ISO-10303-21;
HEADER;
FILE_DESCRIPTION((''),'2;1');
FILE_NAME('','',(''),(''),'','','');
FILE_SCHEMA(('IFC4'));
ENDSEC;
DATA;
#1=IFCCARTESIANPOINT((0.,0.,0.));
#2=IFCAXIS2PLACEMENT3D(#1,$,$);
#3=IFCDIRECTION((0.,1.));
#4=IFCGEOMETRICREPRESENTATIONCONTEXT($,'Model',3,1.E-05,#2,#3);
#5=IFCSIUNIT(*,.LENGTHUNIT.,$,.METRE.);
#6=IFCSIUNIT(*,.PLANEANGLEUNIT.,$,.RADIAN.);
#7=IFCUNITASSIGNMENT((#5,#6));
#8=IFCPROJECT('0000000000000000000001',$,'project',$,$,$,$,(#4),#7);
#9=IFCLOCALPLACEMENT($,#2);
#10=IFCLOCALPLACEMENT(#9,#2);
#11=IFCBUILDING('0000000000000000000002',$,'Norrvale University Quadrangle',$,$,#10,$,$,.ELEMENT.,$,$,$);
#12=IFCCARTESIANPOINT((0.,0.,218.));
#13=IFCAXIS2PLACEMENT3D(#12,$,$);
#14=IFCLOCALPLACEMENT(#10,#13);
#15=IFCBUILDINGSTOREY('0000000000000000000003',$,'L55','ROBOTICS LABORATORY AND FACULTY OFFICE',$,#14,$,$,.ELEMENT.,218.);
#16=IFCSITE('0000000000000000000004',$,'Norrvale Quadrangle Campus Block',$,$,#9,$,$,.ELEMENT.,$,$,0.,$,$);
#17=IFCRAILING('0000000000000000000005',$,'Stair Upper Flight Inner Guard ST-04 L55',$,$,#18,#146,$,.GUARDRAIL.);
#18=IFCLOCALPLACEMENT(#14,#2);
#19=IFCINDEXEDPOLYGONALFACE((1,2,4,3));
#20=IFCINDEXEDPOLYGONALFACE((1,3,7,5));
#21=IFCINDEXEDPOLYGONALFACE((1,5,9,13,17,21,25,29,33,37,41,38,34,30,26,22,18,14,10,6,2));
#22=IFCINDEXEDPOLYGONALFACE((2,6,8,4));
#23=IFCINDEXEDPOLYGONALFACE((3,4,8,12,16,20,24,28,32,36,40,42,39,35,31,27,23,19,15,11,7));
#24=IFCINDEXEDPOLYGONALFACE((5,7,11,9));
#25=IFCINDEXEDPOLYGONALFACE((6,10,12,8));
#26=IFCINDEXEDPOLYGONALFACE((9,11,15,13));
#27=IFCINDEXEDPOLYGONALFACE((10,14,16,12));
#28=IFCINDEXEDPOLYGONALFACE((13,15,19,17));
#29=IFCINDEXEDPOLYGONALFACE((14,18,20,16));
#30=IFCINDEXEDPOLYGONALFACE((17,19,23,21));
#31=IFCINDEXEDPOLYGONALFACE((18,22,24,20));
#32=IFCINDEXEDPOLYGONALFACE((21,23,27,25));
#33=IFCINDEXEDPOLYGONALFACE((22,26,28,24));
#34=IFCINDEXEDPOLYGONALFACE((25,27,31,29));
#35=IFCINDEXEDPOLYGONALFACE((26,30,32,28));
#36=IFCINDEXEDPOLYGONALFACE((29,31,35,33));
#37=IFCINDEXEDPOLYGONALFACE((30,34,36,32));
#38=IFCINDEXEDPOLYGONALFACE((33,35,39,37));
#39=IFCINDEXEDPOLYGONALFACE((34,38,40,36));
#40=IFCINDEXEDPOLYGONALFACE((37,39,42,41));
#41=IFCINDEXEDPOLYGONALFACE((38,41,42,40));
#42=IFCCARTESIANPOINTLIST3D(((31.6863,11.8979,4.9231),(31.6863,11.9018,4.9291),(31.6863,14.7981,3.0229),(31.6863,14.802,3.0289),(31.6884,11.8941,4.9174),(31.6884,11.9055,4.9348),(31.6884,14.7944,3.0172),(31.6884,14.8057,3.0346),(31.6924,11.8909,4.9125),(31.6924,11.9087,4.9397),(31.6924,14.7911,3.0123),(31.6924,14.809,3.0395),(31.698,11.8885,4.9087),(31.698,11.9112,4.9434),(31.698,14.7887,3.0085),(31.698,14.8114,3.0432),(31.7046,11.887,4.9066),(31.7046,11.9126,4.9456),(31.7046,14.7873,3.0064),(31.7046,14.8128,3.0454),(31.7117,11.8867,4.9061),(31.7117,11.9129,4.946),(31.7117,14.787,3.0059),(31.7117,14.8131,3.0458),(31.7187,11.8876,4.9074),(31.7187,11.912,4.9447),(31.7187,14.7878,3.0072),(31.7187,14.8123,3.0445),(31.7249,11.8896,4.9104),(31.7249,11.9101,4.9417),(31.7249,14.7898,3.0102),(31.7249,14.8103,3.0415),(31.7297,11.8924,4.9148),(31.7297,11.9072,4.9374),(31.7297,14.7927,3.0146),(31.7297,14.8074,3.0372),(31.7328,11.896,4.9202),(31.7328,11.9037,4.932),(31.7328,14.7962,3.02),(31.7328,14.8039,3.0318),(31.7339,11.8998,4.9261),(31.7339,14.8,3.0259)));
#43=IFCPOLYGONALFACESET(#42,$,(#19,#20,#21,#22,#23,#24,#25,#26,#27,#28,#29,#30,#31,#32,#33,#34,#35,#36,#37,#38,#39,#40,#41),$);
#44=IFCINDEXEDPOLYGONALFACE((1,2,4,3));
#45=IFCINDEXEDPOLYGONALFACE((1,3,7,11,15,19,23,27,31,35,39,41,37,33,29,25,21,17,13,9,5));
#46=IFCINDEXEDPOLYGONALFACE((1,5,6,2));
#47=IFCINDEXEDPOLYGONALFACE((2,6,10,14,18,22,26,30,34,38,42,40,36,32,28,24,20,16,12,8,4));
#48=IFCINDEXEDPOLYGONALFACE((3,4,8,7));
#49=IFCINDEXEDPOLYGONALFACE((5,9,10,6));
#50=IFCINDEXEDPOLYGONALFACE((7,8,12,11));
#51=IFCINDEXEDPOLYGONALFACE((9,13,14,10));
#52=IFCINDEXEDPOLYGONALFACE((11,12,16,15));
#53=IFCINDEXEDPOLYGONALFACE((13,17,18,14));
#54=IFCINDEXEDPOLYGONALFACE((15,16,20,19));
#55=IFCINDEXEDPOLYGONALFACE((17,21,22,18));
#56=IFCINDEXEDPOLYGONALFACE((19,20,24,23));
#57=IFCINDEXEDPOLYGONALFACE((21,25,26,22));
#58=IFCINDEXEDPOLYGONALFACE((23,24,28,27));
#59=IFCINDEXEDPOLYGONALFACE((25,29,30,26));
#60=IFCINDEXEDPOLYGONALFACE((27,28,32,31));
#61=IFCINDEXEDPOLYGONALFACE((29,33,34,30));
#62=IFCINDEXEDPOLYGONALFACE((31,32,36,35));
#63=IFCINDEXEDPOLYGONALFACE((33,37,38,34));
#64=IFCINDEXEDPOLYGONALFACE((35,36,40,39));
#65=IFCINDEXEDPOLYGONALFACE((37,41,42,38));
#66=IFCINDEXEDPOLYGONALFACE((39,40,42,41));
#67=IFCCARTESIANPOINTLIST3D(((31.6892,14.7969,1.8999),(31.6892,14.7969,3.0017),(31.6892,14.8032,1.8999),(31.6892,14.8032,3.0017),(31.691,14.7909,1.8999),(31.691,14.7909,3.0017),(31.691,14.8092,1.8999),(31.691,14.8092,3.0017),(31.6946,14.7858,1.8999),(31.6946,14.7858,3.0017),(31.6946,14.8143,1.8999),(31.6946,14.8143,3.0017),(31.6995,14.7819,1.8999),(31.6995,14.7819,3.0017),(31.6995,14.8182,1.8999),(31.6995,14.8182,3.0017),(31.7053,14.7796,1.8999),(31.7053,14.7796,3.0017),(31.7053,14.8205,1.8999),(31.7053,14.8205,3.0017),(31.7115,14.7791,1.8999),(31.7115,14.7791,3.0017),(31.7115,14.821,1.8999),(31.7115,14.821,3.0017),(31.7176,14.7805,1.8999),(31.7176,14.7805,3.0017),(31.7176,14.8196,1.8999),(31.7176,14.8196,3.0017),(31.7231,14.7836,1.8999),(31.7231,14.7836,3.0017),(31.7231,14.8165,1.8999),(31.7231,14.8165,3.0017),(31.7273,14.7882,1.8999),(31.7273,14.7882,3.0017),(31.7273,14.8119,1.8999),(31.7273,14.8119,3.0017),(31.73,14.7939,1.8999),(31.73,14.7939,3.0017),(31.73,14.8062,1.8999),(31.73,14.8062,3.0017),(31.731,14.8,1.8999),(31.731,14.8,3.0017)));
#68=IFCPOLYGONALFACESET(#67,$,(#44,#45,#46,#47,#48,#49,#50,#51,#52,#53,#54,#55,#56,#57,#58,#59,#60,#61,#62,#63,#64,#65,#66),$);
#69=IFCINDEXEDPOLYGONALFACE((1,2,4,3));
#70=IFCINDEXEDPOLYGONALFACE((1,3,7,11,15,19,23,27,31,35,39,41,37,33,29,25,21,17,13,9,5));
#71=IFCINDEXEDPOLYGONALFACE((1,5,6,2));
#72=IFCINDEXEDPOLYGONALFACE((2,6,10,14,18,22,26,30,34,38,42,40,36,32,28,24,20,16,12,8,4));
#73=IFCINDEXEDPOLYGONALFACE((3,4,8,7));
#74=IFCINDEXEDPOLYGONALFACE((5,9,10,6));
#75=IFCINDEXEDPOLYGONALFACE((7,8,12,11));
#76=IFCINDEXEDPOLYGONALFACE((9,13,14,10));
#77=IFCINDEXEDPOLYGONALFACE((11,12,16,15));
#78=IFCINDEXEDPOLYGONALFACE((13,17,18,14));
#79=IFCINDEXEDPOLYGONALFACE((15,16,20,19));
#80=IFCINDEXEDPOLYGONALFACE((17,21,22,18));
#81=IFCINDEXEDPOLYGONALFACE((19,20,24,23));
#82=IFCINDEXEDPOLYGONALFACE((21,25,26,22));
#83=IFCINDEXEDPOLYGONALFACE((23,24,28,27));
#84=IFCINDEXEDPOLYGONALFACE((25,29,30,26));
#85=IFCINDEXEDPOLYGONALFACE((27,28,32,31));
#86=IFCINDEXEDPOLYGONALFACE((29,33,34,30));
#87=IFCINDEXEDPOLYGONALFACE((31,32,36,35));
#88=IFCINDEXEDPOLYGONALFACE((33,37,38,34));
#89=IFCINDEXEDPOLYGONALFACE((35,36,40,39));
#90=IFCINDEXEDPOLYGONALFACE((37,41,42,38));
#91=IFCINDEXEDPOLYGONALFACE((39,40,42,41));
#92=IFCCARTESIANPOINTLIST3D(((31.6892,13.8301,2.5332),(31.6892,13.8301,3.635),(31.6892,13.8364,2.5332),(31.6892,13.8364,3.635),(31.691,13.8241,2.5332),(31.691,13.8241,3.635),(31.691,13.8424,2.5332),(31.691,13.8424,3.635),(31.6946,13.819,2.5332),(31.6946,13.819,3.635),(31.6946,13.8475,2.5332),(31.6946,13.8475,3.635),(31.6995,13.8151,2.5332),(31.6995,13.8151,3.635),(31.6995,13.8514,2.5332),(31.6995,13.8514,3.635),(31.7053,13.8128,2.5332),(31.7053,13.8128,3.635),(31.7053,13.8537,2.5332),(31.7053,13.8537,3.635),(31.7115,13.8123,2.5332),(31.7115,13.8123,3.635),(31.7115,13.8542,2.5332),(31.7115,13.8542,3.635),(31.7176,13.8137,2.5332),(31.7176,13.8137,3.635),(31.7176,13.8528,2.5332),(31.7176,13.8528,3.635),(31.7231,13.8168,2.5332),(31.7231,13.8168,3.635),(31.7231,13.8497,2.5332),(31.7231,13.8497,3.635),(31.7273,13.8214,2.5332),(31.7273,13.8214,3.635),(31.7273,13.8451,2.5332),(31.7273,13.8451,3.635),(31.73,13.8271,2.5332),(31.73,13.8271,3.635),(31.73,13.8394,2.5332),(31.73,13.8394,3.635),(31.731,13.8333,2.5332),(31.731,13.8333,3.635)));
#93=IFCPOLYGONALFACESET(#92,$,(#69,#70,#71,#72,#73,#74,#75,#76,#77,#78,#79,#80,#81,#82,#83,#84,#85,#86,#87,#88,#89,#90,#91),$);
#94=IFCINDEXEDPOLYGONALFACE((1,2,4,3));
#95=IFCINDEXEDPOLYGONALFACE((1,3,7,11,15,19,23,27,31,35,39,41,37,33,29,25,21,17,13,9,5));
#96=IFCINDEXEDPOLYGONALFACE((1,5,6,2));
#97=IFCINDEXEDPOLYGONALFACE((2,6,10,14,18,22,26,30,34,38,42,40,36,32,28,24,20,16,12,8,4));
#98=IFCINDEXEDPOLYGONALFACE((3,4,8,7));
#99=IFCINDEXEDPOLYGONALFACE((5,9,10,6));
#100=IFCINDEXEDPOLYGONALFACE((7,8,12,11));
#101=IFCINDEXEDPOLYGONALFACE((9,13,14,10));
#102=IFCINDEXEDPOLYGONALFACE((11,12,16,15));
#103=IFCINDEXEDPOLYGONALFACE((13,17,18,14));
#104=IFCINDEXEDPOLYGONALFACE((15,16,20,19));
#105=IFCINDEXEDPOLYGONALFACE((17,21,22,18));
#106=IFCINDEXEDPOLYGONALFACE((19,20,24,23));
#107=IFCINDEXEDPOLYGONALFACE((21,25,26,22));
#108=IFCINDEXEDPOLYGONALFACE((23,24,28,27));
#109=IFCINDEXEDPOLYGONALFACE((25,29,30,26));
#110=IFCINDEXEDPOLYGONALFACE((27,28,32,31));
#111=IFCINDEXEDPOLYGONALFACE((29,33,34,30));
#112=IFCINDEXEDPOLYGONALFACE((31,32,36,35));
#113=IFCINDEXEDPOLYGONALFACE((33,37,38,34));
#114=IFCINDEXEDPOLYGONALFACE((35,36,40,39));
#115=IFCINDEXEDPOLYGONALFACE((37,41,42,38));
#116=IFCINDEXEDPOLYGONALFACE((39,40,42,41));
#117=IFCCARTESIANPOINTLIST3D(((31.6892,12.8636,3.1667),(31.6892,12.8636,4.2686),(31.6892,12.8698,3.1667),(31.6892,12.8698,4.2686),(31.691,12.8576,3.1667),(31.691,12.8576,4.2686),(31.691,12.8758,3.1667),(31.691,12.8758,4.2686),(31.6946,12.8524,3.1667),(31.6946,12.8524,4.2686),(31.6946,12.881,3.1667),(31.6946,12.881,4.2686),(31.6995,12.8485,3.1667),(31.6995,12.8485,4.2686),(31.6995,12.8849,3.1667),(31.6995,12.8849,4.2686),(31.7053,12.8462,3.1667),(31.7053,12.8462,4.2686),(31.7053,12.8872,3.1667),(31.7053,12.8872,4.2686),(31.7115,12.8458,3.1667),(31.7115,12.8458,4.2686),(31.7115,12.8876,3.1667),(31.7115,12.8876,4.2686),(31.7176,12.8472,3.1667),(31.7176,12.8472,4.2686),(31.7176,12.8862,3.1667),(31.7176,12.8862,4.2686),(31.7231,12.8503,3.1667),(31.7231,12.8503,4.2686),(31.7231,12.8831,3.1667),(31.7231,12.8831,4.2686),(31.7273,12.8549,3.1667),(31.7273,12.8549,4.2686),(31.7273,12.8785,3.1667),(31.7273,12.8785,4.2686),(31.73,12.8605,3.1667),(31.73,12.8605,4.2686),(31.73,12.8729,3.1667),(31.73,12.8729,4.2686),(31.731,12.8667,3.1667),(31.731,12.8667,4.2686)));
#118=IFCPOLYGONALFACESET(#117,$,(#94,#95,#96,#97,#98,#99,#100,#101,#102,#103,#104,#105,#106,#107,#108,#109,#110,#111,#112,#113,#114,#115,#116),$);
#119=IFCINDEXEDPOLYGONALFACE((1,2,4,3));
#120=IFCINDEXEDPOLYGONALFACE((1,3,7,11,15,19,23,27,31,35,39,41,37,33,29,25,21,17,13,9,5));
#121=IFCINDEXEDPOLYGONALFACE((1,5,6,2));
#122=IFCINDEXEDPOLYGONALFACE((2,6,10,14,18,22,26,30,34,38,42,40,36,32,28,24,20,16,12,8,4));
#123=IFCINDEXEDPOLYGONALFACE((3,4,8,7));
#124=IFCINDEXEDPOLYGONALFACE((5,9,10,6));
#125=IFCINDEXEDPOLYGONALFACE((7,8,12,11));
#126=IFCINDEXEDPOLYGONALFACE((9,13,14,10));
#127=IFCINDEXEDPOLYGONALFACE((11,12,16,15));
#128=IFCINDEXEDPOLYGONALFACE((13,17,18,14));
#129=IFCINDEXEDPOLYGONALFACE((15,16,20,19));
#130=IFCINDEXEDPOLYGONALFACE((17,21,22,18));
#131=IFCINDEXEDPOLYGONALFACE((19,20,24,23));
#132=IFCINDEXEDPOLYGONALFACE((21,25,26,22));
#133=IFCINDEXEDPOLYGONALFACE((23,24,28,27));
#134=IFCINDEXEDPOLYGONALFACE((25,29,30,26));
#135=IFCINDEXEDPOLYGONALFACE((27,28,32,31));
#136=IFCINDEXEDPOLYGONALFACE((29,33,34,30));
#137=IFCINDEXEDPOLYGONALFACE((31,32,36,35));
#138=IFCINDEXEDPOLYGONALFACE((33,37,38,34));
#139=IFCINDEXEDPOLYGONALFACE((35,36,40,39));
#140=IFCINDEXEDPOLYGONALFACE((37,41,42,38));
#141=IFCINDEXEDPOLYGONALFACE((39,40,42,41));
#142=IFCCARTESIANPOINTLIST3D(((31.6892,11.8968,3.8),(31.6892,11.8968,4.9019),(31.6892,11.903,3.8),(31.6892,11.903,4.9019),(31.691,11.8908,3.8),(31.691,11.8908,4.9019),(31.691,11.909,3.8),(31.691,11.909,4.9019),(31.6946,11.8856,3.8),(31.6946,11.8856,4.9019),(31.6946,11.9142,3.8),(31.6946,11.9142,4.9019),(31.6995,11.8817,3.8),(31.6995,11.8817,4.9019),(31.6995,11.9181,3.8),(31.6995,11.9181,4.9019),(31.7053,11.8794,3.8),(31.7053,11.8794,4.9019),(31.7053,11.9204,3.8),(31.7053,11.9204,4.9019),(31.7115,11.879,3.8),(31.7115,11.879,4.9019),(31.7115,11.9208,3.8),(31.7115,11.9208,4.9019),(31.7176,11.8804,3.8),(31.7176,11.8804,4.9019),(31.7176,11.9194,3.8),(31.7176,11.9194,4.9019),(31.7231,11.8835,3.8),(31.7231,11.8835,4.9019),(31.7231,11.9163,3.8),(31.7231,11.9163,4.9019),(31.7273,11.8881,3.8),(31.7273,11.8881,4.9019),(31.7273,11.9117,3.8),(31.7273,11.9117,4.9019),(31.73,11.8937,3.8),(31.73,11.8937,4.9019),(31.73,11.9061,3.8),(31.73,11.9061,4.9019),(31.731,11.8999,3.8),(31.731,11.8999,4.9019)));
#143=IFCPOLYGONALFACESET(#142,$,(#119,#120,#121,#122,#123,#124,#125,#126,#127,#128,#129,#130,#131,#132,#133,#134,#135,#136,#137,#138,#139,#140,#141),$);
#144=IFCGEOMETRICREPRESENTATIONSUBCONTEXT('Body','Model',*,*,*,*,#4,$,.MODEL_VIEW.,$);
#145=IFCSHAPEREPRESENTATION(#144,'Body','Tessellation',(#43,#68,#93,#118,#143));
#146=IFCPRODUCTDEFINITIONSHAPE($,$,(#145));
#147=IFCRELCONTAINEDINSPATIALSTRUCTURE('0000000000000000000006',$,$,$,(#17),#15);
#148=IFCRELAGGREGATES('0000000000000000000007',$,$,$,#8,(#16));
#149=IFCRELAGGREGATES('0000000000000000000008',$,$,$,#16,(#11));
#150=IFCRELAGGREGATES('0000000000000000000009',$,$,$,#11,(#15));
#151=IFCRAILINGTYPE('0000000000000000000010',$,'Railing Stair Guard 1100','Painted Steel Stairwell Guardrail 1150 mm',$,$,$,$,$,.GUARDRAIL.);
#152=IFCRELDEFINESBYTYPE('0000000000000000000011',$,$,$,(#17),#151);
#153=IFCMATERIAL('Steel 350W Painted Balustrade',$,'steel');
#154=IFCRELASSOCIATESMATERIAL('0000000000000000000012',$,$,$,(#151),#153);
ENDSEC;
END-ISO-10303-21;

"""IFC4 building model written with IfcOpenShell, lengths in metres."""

from ifc_helpers import new_model, si_unit, direction, frame, origin, origin_2d, place, context, subcontext, project, spatial, circle, extrude, material, type_object, element, save


model = new_model("IFC4")

# Units and contexts
model_context = context("Model", 3, precision=1e-05, world=origin(), true_north=direction((0.0, 1.0)))
body_context = subcontext(model_context, "Body", "Model", "MODEL_VIEW")
ifc_project = project(units=[si_unit("LENGTHUNIT", "METRE"), si_unit("PLANEANGLEUNIT", "RADIAN")], contexts=[model_context])

# Site, building, storey
site_placement = place(None, origin())
site = spatial("IfcSite", under=ifc_project, at=site_placement, Name="Norrvale Quadrangle Campus Block", CompositionType="ELEMENT", RefElevation=0.0)
building_placement = place(site_placement, origin())
building = spatial("IfcBuilding", under=site, at=building_placement, Name="Norrvale University Quadrangle", CompositionType="ELEMENT")
storey_placement = place(building_placement, frame((0.0, 0.0, 218.0)))
storey = spatial("IfcBuildingStorey", under=building, at=storey_placement, Name="L55", Description="ROBOTICS LABORATORY AND FACULTY OFFICE", CompositionType="ELEMENT", Elevation=218.0)

# Railing
ifc_material_1 = material(Name="Steel 350W Painted Balustrade", Category="steel")
railing_type_1 = type_object("IfcRailingType", Name="Railing Stair Guard 1100", Description="Painted Steel Stairwell Guardrail 1150 mm", PredefinedType="GUARDRAIL", material=ifc_material_1)
railing_1_placement = place(storey_placement, frame((31.71, 14.8, 1.8999)))
element("IfcRailing", 1, at=railing_1_placement, inside=storey, type_object=railing_type_1, Name="Stair Upper Flight Inner Guard ST-04 L55", PredefinedType="GUARDRAIL", context=body_context, shape_type="SweptSolid", body=[
    extrude(circle(Radius=0.0239, at=origin_2d()), frame((0.0, 0.0, 1.126), z_axis=(0.0, -0.836454, 0.548036), x_axis=(1.0, 0.0, 0.0)), (0.0, 0.0, 1.0), 3.4673),
    extrude(circle(Radius=0.021, at=origin_2d()), origin(), (0.0, 0.0, 1.0), 1.1018),
    extrude(circle(Radius=0.021, at=origin_2d()), frame((0.0, -0.9668, 0.6333)), (0.0, 0.0, 1.0), 1.1018),
    extrude(circle(Radius=0.021, at=origin_2d()), frame((0.0, -1.9333, 1.2668)), (0.0, 0.0, 1.0), 1.1018),
    extrude(circle(Radius=0.021, at=origin_2d()), frame((0.0, -2.9001, 1.9001)), (0.0, 0.0, 1.0), 1.1018),
])

save(model, "model.ifc")
